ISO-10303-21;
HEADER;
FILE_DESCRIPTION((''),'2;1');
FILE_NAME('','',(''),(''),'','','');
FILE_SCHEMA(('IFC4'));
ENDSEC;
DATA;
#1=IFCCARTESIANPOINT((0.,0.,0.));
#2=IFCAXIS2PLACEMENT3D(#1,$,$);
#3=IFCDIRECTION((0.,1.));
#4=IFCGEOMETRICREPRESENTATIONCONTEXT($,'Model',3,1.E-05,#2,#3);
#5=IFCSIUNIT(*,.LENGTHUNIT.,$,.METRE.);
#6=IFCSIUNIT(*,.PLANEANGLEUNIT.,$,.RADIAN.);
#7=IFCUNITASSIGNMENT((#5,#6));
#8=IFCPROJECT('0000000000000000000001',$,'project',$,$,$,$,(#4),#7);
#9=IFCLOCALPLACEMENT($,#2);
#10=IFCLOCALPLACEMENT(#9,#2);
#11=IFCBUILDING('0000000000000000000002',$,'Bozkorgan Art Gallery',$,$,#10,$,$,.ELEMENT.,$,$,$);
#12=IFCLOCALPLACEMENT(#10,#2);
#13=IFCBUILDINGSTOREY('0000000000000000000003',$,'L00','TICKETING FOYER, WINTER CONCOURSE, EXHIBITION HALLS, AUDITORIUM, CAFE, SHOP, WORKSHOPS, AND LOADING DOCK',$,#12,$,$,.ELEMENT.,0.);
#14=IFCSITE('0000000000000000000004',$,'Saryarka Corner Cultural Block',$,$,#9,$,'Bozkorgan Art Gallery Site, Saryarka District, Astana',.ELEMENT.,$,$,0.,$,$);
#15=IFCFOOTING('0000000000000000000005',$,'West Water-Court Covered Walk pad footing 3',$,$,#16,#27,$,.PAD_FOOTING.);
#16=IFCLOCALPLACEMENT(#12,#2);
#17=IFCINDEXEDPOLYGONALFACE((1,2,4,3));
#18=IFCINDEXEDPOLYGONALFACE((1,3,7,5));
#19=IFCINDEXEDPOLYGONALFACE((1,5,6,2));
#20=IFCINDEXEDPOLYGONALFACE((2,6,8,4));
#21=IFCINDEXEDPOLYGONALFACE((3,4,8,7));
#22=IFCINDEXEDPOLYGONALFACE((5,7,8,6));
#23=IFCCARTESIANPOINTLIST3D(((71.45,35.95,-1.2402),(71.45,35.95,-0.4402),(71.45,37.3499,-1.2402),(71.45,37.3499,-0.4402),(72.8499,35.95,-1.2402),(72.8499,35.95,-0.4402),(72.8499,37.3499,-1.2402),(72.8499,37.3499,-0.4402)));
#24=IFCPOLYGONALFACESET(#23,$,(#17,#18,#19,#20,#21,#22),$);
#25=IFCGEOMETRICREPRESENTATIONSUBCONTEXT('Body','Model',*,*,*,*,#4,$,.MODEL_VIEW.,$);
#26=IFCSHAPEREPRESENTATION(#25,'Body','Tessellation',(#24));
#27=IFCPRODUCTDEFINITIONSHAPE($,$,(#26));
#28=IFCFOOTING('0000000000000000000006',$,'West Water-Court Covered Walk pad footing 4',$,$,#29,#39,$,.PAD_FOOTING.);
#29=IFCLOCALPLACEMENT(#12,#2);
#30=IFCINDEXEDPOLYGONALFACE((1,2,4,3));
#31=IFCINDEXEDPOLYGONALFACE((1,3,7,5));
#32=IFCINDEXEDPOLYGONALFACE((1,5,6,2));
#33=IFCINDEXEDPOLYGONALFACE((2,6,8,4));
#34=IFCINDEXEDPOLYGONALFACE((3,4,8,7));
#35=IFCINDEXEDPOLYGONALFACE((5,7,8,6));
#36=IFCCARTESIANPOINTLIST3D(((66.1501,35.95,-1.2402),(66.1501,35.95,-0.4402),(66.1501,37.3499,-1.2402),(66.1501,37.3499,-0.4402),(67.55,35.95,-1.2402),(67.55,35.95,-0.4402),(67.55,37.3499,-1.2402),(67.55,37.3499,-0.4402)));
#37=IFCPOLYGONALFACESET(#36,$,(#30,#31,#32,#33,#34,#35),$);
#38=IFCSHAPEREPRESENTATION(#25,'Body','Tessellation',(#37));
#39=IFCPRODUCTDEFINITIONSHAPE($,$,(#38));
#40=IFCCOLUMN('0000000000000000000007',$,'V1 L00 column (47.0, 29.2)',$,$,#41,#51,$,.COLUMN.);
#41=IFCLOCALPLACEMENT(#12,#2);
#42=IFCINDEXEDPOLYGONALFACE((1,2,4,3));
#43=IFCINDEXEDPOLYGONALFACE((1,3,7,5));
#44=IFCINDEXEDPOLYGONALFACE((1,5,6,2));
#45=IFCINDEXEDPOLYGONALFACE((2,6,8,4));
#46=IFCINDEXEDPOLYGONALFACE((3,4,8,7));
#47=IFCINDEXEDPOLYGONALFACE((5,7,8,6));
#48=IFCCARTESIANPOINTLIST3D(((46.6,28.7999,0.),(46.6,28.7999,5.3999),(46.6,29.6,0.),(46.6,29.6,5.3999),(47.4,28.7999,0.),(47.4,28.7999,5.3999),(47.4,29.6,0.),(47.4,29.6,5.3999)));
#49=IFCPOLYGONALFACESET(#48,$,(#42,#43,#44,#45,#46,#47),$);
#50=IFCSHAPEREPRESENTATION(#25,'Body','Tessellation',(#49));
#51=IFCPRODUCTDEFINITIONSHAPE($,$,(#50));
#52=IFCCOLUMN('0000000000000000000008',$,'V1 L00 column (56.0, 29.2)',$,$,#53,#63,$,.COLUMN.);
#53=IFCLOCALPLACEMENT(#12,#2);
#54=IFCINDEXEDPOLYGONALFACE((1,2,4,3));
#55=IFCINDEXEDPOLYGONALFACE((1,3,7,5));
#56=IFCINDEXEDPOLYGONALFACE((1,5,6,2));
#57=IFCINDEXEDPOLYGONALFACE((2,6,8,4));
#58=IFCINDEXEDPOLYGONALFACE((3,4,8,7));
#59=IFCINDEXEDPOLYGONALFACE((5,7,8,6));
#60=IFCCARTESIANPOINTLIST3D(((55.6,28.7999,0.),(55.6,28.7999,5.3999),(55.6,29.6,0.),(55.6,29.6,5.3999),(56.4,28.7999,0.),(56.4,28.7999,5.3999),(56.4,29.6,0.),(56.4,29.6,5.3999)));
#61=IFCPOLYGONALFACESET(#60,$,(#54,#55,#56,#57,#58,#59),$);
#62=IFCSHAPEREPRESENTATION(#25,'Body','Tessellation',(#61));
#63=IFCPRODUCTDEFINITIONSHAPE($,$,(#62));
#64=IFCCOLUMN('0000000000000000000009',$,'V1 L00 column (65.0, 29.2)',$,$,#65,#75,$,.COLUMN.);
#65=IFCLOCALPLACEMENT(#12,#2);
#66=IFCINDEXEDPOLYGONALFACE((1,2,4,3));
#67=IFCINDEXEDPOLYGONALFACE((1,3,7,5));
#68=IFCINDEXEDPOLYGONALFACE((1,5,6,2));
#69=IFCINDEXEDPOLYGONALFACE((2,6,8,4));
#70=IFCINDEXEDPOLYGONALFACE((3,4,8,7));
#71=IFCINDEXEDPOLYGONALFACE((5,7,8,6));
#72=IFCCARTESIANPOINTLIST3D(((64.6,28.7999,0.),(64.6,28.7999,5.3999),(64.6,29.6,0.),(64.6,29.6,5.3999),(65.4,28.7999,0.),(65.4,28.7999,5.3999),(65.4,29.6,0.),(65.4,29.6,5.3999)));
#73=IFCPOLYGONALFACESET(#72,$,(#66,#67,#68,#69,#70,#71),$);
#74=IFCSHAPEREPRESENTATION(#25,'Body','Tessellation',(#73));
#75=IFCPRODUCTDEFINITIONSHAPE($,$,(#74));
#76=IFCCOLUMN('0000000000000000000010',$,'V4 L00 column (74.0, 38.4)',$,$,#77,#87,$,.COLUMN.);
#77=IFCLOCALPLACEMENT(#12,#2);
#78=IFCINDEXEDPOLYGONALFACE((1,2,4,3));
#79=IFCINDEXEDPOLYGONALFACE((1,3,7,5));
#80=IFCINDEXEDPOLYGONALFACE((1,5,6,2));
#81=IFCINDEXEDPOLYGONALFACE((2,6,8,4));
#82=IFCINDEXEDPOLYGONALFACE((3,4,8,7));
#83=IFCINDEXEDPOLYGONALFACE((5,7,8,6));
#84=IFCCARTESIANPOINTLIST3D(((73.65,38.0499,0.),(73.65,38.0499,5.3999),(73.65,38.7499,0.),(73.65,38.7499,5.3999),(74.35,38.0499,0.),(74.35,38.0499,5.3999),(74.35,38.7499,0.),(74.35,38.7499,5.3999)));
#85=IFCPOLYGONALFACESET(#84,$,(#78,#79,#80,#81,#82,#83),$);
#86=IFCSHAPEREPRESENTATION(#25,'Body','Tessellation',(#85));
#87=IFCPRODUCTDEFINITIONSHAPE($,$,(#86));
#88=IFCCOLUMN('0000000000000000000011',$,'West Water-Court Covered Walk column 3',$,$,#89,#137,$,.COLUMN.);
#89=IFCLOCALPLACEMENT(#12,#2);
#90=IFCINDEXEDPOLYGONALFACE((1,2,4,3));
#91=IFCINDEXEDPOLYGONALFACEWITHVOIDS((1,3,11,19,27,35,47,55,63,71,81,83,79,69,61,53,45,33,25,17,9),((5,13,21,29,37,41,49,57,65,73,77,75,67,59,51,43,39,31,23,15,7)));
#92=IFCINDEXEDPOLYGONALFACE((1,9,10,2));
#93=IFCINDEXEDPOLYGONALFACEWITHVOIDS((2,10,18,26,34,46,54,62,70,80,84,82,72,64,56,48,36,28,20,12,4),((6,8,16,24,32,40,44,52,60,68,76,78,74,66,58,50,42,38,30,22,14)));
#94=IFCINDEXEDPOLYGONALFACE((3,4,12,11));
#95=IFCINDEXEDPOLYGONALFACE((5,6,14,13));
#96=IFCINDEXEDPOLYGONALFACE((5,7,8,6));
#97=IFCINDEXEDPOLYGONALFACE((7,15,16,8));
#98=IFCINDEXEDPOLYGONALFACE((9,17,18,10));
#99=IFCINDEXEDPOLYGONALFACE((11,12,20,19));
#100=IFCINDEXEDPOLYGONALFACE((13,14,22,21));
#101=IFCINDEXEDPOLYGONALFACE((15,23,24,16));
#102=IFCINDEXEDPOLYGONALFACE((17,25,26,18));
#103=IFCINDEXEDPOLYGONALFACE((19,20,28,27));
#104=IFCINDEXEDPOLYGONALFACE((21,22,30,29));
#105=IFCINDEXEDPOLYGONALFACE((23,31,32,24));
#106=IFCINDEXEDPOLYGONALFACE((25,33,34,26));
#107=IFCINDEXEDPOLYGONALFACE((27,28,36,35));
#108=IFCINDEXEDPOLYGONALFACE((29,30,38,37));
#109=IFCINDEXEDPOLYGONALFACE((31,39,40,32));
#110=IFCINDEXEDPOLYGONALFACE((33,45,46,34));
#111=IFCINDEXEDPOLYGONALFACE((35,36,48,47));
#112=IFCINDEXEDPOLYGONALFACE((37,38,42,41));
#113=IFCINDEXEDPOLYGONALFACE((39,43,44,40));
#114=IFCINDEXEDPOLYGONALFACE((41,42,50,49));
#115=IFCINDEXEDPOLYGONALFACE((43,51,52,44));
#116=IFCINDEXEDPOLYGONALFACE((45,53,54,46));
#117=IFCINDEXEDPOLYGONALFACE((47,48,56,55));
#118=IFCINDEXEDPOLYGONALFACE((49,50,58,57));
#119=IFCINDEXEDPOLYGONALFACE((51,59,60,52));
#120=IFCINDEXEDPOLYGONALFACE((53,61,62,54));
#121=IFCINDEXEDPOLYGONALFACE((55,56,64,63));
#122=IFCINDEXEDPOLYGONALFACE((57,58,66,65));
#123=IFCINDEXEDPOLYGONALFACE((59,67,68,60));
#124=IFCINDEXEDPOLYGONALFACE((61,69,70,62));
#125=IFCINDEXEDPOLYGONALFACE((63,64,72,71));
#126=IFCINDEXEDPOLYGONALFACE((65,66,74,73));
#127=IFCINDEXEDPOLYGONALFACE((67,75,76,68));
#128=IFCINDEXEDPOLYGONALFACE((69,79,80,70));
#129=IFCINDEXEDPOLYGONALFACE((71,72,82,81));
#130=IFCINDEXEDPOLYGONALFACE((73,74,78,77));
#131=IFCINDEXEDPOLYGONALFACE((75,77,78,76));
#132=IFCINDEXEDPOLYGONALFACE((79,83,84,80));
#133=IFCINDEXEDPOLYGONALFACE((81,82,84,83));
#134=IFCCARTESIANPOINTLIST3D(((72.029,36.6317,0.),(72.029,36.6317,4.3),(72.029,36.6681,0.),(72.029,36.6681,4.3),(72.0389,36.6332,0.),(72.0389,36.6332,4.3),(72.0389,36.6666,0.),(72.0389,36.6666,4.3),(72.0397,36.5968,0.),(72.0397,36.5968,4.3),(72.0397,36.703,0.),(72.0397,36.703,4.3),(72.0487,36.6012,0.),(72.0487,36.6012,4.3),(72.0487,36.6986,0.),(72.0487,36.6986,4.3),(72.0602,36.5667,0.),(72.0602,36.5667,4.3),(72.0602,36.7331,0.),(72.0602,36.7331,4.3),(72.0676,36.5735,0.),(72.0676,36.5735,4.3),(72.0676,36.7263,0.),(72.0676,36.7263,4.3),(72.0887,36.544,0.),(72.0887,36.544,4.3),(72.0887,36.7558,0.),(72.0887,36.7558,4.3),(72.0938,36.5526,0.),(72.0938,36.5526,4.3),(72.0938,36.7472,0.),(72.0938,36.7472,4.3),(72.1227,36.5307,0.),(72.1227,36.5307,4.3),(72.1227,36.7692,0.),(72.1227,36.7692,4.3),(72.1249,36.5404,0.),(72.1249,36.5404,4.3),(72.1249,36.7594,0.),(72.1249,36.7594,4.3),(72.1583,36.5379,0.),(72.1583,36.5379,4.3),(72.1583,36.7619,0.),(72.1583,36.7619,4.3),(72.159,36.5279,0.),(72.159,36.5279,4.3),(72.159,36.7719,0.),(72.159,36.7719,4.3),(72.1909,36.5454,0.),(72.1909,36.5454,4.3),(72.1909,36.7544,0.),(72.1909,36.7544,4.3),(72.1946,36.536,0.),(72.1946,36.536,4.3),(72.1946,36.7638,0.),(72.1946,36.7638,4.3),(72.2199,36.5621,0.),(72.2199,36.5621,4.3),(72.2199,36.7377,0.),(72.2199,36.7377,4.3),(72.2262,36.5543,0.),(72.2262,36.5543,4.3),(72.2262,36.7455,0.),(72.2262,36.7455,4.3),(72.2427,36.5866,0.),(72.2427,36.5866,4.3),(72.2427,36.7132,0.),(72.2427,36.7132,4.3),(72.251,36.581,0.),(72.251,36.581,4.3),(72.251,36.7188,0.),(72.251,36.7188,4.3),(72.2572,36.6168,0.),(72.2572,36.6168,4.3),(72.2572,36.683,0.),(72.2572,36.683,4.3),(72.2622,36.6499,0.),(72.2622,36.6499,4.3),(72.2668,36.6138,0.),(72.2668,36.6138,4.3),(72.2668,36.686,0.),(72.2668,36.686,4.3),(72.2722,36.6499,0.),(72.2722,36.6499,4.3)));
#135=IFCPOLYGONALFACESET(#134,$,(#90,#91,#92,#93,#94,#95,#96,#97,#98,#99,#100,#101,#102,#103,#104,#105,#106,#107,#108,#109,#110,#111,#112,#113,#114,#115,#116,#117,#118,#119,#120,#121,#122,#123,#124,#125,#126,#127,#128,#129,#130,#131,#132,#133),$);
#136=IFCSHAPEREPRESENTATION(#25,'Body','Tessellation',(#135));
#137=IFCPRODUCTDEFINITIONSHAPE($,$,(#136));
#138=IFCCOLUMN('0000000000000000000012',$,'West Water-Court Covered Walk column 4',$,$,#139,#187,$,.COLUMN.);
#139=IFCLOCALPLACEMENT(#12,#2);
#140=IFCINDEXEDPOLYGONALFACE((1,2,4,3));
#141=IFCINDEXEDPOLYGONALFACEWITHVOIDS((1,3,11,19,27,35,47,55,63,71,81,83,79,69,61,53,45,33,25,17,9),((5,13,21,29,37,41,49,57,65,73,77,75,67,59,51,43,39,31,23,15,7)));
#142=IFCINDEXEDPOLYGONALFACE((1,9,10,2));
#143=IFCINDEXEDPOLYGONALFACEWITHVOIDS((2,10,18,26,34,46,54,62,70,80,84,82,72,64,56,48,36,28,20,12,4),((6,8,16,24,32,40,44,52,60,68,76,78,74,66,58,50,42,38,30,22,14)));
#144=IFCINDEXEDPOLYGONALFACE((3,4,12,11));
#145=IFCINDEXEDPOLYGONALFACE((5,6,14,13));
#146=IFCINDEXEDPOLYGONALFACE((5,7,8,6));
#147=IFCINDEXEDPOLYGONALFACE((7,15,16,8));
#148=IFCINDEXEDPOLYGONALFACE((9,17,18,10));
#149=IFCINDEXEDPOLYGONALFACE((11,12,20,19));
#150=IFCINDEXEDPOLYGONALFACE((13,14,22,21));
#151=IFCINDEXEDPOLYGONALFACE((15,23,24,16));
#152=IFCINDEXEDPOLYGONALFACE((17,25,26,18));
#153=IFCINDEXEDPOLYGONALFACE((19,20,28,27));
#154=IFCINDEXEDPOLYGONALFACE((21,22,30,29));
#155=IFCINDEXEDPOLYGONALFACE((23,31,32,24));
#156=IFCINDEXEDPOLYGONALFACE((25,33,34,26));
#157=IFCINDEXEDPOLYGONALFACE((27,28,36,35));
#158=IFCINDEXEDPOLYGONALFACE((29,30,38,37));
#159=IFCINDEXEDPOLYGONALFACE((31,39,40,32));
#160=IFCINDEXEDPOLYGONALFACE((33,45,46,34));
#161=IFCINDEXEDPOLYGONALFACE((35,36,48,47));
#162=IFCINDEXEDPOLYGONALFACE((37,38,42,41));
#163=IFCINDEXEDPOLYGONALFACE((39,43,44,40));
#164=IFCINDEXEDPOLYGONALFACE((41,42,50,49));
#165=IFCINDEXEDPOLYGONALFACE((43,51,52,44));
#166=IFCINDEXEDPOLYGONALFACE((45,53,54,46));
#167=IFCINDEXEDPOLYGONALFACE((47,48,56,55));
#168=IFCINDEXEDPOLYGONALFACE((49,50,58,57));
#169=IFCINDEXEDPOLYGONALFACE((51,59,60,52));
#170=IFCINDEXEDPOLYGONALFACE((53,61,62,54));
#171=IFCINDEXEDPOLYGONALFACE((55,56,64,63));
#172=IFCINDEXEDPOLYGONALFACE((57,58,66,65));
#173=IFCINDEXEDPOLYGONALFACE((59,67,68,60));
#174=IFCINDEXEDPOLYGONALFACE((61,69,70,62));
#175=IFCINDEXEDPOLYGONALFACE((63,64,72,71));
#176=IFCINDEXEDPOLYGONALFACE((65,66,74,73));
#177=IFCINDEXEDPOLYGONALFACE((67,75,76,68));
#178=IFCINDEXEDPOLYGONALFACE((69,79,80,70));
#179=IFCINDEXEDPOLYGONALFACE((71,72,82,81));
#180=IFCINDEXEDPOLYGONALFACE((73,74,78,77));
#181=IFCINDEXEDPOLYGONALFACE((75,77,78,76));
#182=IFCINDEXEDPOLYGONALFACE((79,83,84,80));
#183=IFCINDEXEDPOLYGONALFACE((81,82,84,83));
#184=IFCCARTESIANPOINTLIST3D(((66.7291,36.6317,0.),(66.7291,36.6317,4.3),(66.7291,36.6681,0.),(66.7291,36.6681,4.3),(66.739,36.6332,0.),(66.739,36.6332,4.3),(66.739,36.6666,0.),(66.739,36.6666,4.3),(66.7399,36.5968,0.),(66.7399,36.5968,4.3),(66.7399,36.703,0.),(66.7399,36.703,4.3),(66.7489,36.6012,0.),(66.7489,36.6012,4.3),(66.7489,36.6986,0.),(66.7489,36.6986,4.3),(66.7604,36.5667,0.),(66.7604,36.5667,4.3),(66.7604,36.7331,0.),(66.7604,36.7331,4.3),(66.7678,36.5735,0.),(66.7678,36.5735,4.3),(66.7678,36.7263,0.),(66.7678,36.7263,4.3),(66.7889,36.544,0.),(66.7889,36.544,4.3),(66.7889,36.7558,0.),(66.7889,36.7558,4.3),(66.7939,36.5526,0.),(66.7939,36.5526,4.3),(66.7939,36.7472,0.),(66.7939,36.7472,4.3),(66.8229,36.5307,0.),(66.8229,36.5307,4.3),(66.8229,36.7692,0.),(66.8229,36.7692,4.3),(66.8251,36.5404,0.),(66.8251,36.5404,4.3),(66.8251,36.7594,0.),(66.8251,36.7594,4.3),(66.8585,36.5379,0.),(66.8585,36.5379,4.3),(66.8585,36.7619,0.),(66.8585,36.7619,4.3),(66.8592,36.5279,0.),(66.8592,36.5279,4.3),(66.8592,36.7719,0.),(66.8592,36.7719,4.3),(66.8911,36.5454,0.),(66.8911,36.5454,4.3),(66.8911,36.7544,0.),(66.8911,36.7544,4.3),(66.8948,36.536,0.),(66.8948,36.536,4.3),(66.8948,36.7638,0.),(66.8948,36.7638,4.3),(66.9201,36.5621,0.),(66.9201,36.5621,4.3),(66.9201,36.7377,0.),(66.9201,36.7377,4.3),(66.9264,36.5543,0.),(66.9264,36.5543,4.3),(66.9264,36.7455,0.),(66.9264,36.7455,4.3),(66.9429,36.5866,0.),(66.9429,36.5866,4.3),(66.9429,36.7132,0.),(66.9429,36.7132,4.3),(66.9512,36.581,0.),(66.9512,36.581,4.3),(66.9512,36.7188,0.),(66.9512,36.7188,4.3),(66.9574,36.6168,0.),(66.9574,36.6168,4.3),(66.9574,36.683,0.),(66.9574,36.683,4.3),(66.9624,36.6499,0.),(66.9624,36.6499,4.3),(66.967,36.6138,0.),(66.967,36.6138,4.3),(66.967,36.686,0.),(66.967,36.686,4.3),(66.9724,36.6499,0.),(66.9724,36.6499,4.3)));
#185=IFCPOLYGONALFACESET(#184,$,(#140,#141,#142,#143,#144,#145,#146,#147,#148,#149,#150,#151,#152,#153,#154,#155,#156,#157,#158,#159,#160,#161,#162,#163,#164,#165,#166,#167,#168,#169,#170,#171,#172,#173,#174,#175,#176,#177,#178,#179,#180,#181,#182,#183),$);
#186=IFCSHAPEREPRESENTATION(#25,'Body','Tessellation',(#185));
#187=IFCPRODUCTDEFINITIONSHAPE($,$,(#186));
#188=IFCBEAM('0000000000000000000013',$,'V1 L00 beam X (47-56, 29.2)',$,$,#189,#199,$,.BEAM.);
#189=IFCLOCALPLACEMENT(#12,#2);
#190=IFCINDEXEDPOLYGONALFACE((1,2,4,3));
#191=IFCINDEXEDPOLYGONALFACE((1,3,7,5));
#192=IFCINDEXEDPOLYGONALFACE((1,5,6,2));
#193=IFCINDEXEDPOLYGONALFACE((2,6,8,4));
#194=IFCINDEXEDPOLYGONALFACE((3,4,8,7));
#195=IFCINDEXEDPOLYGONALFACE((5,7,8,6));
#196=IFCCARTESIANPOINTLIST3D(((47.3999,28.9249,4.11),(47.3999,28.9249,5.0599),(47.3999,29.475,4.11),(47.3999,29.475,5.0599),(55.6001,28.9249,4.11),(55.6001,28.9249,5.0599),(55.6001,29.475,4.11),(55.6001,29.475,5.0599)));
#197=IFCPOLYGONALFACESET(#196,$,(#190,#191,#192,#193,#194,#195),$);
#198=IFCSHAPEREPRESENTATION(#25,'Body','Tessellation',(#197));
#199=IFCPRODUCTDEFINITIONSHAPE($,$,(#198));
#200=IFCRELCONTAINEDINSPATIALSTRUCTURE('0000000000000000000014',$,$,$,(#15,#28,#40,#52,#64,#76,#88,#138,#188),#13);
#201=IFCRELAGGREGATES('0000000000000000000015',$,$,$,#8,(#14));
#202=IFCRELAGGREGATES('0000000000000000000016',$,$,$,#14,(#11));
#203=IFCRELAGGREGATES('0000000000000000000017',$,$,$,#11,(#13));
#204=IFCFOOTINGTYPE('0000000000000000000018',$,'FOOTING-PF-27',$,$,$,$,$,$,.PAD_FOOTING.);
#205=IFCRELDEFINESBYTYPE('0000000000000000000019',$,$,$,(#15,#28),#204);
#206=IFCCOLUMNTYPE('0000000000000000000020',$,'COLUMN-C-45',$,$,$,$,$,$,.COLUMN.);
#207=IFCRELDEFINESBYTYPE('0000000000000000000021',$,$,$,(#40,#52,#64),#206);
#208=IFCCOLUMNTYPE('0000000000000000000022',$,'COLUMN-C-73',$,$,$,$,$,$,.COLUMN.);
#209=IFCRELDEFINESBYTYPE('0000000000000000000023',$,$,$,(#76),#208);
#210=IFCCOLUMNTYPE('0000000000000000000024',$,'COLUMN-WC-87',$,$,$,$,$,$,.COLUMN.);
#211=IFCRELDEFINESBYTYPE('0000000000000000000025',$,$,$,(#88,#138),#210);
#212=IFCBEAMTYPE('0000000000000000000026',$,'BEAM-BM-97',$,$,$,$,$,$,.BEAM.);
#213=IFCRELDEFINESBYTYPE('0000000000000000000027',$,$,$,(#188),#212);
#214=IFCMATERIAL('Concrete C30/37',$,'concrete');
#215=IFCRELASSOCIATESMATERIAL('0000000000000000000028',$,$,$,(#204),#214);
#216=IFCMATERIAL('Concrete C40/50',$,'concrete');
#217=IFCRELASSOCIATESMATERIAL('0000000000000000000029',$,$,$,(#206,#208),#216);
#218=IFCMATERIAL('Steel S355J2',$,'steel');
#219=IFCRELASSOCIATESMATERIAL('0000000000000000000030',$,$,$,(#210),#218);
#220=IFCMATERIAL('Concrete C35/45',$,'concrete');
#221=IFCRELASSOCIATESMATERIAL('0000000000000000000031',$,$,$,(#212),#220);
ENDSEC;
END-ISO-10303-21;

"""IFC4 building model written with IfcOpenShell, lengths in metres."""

from ifc_helpers import new_model, si_unit, direction, frame, origin, origin_2d, place, context, subcontext, project, spatial, rectangle, hollow_circle, extrude, material, material_profile, profile_set, type_object, element, save


model = new_model("IFC4")

# Units and contexts
model_context = context("Model", 3, precision=1e-05, world=origin(), true_north=direction((0.0, 1.0)))
body_context = subcontext(model_context, "Body", "Model", "MODEL_VIEW")
ifc_project = project(units=[si_unit("LENGTHUNIT", "METRE"), si_unit("PLANEANGLEUNIT", "RADIAN")], contexts=[model_context])

# Site, building, storey
site_placement = place(None, origin())
site = spatial("IfcSite", under=ifc_project, at=site_placement, Name="Saryarka Corner Cultural Block", LongName="Bozkorgan Art Gallery Site, Saryarka District, Astana", CompositionType="ELEMENT", RefElevation=0.0)
building_placement = place(site_placement, origin())
building = spatial("IfcBuilding", under=site, at=building_placement, Name="Bozkorgan Art Gallery", CompositionType="ELEMENT")
storey_placement = place(building_placement, origin())
storey = spatial("IfcBuildingStorey", under=building, at=storey_placement, Name="L00", Description="TICKETING FOYER, WINTER CONCOURSE, EXHIBITION HALLS, AUDITORIUM, CAFE, SHOP, WORKSHOPS, AND LOADING DOCK", CompositionType="ELEMENT", Elevation=0.0)

# Footings
ifc_material_1 = material(Name="Concrete C30/37", Category="concrete")
footing_type = type_object("IfcFootingType", Name="FOOTING-PF-27", PredefinedType="PAD_FOOTING", material=ifc_material_1)
for number, where, z_axis, x_axis, name in (
    (1, (72.1499, 36.6499, -1.2402), (0.0, 0.0, 1.0), (1.0, 0.0, 0.0), "West Water-Court Covered Walk pad footing 3"),
    (2, (66.8501, 36.6499, -1.2402), (0.0, 0.0, 1.0), (1.0, 0.0, 0.0), "West Water-Court Covered Walk pad footing 4"),
):
    element("IfcFooting", number, at=place(storey_placement, frame(where, z_axis=z_axis, x_axis=x_axis)), inside=storey, type_object=footing_type, Name=name, PredefinedType="PAD_FOOTING", context=body_context, shape_type="SweptSolid", body=[
        extrude(rectangle(XDim=1.3999, YDim=1.3999, at=origin_2d()), origin(), (0.0, 0.0, 1.0), 0.8),
    ])

# Columns
ifc_material_2 = material(Name="Concrete C40/50", Category="concrete")
ifc_material_profile_1 = material_profile(ifc_material_2, rectangle(XDim=0.8, YDim=0.8, at=origin_2d()), Name="RC 800x800")
ifc_profile_set_1 = profile_set([ifc_material_profile_1], Name="Concrete C40/50")
column_type_1 = type_object("IfcColumnType", Name="COLUMN-C-45", PredefinedType="COLUMN", material=ifc_profile_set_1)
for number, where, z_axis, x_axis, name in (
    (3, (47.0, 29.2, 0.0), (0.0, 0.0, 1.0), (1.0, 0.0, 0.0), "V1 L00 column (47.0, 29.2)"),
    (4, (56.0, 29.2, 0.0), (0.0, 0.0, 1.0), (1.0, 0.0, 0.0), "V1 L00 column (56.0, 29.2)"),
    (5, (65.0, 29.2, 0.0), (0.0, 0.0, 1.0), (1.0, 0.0, 0.0), "V1 L00 column (65.0, 29.2)"),
):
    element("IfcColumn", number, at=place(storey_placement, frame(where, z_axis=z_axis, x_axis=x_axis)), inside=storey, type_object=column_type_1, Name=name, PredefinedType="COLUMN", context=body_context, shape_type="SweptSolid", body=[
        extrude(rectangle(XDim=0.8, YDim=0.8, at=origin_2d()), origin(), (0.0, 0.0, 1.0), 5.3999),
    ])
ifc_material_profile_2 = material_profile(ifc_material_2, rectangle(XDim=0.7, YDim=0.7, at=origin_2d()), Name="RC 700x700")
ifc_profile_set_2 = profile_set([ifc_material_profile_2], Name="Concrete C40/50")
column_type_2 = type_object("IfcColumnType", Name="COLUMN-C-73", PredefinedType="COLUMN", material=ifc_profile_set_2)
column_placement = place(storey_placement, frame((74.0, 38.3999, 0.0), z_axis=(0.0, 0.0, 1.0), x_axis=(1.0, 0.0, 0.0)))
element("IfcColumn", 6, at=column_placement, inside=storey, type_object=column_type_2, Name="V4 L00 column (74.0, 38.4)", PredefinedType="COLUMN", context=body_context, shape_type="SweptSolid", body=[
    extrude(rectangle(XDim=0.7, YDim=0.7, at=origin_2d()), origin(), (0.0, 0.0, 1.0), 5.3999),
])
ifc_material_3 = material(Name="Steel S355J2", Category="steel")
ifc_material_profile_3 = material_profile(ifc_material_3, hollow_circle(Radius=0.1223, WallThickness=0.01, at=origin_2d()), Name="CHS 244.5x10")
ifc_profile_set_3 = profile_set([ifc_material_profile_3], Name="Steel S355J2")
column_type_3 = type_object("IfcColumnType", Name="COLUMN-WC-87", PredefinedType="COLUMN", material=ifc_profile_set_3)
for number, where, z_axis, x_axis, name in (
    (7, (72.1499, 36.6499, 0.0), (0.0, 0.0, 1.0), (1.0, 0.0, 0.0), "West Water-Court Covered Walk column 3"),
    (8, (66.8501, 36.6499, 0.0), (0.0, 0.0, 1.0), (1.0, 0.0, 0.0), "West Water-Court Covered Walk column 4"),
):
    element("IfcColumn", number, at=place(storey_placement, frame(where, z_axis=z_axis, x_axis=x_axis)), inside=storey, type_object=column_type_3, Name=name, PredefinedType="COLUMN", context=body_context, shape_type="SweptSolid", body=[
        extrude(hollow_circle(Radius=0.1223, WallThickness=0.01, at=origin_2d()), origin(), (0.0, 0.0, 1.0), 4.3),
    ])

# Beam
ifc_material_4 = material(Name="Concrete C35/45", Category="concrete")
ifc_material_profile_4 = material_profile(ifc_material_4, rectangle(XDim=0.55, YDim=0.95, at=origin_2d()), Name="RC 550x950")
ifc_profile_set_4 = profile_set([ifc_material_profile_4], Name="Concrete C35/45")
beam_type_1 = type_object("IfcBeamType", Name="BEAM-BM-97", PredefinedType="BEAM", material=ifc_profile_set_4)
for number, where, z_axis, x_axis, name in (
    (9, (47.3999, 29.2, 4.585), (1.0, 0.0, 0.0), (0.0, 1.0, 0.0), "V1 L00 beam X (47-56, 29.2)"),
):
    element("IfcBeam", number, at=place(storey_placement, frame(where, z_axis=z_axis, x_axis=x_axis)), inside=storey, type_object=beam_type_1, Name=name, PredefinedType="BEAM", context=body_context, shape_type="SweptSolid", body=[
        extrude(rectangle(XDim=0.55, YDim=0.95, at=origin_2d()), origin(), (0.0, 0.0, 1.0), 8.2002),
    ])

save(model, "model.ifc")
